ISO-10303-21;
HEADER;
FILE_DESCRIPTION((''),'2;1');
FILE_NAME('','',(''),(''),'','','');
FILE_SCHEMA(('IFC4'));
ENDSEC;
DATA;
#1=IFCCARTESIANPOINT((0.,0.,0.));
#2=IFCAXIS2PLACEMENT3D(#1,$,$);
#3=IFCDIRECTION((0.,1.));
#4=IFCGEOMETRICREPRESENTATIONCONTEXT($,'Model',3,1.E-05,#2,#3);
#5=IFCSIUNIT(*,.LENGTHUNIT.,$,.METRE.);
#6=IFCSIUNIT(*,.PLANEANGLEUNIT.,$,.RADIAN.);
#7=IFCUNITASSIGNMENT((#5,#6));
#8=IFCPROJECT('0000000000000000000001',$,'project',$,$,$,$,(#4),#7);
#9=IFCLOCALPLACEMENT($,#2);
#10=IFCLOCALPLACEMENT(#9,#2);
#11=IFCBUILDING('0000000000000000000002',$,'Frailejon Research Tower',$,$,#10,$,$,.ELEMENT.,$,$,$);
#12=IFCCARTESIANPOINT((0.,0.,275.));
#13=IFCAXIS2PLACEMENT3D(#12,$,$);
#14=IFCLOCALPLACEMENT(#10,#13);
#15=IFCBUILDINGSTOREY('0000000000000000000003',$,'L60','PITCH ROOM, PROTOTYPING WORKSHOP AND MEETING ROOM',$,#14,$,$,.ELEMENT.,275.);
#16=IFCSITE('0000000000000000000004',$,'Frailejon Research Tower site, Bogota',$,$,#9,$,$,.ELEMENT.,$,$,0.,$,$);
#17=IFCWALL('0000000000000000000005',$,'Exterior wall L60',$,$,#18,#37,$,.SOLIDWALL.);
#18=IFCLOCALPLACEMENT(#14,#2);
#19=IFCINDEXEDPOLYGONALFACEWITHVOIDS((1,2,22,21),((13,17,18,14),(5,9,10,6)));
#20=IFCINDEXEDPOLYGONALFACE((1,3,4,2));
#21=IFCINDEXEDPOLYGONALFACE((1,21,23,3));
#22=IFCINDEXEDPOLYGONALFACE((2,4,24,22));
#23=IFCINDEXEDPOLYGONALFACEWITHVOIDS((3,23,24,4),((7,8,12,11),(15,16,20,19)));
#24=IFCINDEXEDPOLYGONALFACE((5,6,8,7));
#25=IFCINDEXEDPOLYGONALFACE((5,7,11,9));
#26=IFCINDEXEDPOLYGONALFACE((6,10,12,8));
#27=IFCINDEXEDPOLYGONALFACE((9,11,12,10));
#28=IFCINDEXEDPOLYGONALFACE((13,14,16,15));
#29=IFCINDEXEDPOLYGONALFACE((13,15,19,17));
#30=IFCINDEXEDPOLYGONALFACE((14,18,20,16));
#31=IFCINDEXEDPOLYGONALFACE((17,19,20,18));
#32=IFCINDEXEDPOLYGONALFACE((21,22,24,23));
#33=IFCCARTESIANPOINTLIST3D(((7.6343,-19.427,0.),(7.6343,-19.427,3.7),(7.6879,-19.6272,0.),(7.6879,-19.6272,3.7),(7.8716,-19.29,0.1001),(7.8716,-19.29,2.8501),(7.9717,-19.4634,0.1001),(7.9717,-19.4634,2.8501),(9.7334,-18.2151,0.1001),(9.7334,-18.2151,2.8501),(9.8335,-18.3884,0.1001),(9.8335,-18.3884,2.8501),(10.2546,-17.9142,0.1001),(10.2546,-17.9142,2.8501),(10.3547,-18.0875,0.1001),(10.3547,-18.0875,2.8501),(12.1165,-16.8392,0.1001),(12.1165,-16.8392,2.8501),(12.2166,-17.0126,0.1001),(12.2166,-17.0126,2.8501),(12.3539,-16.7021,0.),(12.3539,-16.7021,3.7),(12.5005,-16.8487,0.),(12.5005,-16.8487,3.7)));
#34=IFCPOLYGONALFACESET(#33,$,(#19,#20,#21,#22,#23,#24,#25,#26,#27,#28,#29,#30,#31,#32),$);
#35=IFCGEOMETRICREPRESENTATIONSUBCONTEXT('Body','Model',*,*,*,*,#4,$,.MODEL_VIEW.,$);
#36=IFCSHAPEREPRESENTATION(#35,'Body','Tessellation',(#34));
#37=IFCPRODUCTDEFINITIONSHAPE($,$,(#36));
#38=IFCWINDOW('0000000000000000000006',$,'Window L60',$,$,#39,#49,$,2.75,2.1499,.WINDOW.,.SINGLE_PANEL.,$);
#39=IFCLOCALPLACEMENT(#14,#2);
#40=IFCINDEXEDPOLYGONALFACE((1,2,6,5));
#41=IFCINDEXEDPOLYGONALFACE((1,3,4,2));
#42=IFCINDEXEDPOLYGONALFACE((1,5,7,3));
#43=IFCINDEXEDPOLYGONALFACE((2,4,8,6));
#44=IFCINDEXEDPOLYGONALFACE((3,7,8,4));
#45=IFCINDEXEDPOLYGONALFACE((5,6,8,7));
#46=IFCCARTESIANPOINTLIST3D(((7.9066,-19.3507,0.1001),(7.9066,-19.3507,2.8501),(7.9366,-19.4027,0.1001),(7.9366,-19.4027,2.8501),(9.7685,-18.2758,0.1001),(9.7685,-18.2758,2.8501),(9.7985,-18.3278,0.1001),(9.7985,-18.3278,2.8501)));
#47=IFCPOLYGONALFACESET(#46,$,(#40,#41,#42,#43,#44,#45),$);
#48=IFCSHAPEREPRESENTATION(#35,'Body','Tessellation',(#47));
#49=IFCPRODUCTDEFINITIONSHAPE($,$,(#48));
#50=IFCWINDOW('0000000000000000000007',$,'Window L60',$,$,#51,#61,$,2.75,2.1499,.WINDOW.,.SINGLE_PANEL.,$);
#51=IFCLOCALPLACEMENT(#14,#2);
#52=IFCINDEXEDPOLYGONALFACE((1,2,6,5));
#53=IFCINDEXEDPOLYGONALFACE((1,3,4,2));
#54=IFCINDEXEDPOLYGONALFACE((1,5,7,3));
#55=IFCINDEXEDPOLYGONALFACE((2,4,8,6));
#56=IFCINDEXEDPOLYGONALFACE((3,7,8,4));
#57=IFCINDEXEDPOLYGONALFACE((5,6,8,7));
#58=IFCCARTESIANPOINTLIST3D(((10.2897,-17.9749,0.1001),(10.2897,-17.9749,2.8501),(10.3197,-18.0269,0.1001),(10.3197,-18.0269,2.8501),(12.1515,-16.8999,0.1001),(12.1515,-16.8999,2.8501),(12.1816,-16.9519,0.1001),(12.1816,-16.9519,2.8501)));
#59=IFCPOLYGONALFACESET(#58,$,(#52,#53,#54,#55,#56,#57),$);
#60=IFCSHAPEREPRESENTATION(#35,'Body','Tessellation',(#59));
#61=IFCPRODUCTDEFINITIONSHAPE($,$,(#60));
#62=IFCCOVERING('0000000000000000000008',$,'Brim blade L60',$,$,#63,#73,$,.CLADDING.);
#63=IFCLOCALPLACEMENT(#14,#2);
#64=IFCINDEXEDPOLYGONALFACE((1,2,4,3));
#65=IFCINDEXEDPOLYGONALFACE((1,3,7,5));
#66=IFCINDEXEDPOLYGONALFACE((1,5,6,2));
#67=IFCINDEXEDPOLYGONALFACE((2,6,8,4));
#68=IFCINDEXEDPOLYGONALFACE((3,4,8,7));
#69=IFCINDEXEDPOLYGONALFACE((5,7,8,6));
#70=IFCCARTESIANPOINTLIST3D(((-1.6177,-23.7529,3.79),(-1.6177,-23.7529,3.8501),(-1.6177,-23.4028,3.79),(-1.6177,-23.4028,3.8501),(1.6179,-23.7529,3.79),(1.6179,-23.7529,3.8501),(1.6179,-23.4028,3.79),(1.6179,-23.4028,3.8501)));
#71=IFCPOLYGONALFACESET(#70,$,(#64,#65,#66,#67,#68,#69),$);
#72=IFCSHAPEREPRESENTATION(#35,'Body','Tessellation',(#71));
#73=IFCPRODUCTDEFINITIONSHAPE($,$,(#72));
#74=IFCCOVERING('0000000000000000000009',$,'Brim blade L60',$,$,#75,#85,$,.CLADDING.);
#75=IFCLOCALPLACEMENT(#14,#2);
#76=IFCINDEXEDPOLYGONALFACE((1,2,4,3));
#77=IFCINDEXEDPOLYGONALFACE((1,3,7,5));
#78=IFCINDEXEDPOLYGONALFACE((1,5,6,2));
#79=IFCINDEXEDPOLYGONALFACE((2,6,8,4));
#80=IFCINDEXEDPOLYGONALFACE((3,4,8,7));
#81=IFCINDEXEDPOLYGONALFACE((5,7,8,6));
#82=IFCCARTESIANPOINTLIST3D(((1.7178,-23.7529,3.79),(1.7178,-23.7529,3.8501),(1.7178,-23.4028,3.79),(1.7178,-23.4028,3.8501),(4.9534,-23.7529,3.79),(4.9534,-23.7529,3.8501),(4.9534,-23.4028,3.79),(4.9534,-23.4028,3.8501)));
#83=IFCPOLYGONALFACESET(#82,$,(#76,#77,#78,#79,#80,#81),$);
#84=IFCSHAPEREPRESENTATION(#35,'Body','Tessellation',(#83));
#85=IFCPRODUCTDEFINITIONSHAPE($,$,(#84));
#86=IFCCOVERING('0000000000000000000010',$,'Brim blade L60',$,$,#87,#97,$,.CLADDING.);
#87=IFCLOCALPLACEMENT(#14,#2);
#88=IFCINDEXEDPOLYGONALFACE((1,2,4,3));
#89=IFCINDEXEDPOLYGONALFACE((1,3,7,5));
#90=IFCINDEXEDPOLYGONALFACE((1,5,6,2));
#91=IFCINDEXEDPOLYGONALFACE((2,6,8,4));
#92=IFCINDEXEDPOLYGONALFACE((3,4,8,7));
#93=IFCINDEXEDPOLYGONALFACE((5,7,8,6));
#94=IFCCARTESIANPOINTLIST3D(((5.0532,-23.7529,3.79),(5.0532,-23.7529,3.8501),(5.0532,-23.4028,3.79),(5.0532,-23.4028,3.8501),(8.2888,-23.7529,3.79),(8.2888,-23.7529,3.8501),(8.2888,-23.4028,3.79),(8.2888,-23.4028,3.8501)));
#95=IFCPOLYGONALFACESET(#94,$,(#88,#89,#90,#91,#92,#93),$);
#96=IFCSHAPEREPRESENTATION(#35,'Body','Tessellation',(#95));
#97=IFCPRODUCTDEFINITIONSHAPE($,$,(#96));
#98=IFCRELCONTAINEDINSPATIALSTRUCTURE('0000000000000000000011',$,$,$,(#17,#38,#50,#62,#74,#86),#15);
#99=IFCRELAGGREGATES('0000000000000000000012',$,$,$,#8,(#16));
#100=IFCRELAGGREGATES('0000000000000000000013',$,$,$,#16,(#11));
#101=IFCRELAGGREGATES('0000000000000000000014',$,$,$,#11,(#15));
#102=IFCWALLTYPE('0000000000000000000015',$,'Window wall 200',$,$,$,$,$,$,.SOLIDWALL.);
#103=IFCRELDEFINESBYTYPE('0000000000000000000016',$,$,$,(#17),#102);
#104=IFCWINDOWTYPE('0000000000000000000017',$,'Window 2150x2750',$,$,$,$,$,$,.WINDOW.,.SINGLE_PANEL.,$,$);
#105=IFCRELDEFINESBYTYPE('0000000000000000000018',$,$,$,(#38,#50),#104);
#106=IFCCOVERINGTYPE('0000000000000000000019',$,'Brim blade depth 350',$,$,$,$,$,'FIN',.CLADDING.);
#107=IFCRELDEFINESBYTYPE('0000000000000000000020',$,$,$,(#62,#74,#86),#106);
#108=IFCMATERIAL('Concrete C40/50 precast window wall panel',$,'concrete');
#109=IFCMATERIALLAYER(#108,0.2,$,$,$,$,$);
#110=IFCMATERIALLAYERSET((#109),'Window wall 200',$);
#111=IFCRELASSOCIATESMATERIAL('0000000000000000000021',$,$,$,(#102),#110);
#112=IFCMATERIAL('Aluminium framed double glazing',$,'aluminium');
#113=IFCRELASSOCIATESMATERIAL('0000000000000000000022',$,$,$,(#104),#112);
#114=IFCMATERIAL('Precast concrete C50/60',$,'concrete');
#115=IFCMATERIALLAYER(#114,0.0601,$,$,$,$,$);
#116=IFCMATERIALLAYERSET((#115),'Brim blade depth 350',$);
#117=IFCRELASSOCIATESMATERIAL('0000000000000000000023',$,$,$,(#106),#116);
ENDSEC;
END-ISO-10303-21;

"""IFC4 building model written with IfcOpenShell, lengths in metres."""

from ifc_helpers import new_model, si_unit, direction, frame, frame_2d, origin, place, context, subcontext, project, spatial, polyline, rectangle, outline, extrude, material, layer, layer_set, type_object, element, fill, save


model = new_model("IFC4")

# Units and contexts
model_context = context("Model", 3, precision=1e-05, world=origin(), true_north=direction((0.0, 1.0)))
body_context = subcontext(model_context, "Body", "Model", "MODEL_VIEW")
ifc_project = project(units=[si_unit("LENGTHUNIT", "METRE"), si_unit("PLANEANGLEUNIT", "RADIAN")], contexts=[model_context])

# Site, building, storey
site_placement = place(None, origin())
site = spatial("IfcSite", under=ifc_project, at=site_placement, Name="Frailejon Research Tower site, Bogota", CompositionType="ELEMENT", RefElevation=0.0)
building_placement = place(site_placement, origin())
building = spatial("IfcBuilding", under=site, at=building_placement, Name="Frailejon Research Tower", CompositionType="ELEMENT")
storey_placement = place(building_placement, frame((0.0, 0.0, 275.0)))
storey = spatial("IfcBuildingStorey", under=building, at=storey_placement, Name="L60", Description="PITCH ROOM, PROTOTYPING WORKSHOP AND MEETING ROOM", CompositionType="ELEMENT", Elevation=275.0)

# Wall, openings, windows
ifc_material_1 = material(Name="Concrete C40/50 precast window wall panel", Category="concrete")
ifc_layer_1 = layer(ifc_material_1, 0.2)
ifc_layer_set_1 = layer_set([ifc_layer_1], Name="Window wall 200")
wall_type_1 = type_object("IfcWallType", Name="Window wall 200", PredefinedType="SOLIDWALL", material=ifc_layer_set_1)
wall_1_placement = place(storey_placement, frame((7.6611, -19.5271, 0.0), z_axis=(0.0, 0.0, 1.0), x_axis=(0.866026, 0.499999, 0.0)))
wall_1 = element("IfcWall", 1, at=wall_1_placement, inside=storey, type_object=wall_type_1, Name="Exterior wall L60", PredefinedType="SOLIDWALL", context=body_context, shape_type="SweptSolid", body=[
    extrude(outline(polyline([(-0.0269, -0.1001), (1.0845, -0.1001), (2.196, -0.1001), (3.3074, -0.1001), (4.4189, -0.1001), (5.5303, -0.1001), (5.4766, 0.1001), (4.3867, 0.1001), (3.2966, 0.1001), (2.2068, 0.1001), (1.1167, 0.1001), (0.0269, 0.1001), (-0.0269, -0.1001)])), origin(), (0.0, 0.0, 1.0), 3.7),
])
opening_1_placement = place(wall_1_placement, frame((0.3008, 0.0, 0.1001)))
opening_1 = element("IfcOpeningElement", 2, at=opening_1_placement, cuts=wall_1, PredefinedType="OPENING", context=body_context, shape_type="SweptSolid", body=[
    extrude(rectangle(XDim=2.1499, YDim=2.75, at=frame_2d((1.075, 1.375))), frame((0.0, 0.1099, 0.0), z_axis=(0.0, -1.0, 0.0), x_axis=(1.0, 0.0, 0.0)), (0.0, 0.0, 1.0), 0.22),
])
opening_2_placement = place(wall_1_placement, frame((3.0525, 0.0, 0.1001)))
opening_2 = element("IfcOpeningElement", 3, at=opening_2_placement, cuts=wall_1, PredefinedType="OPENING", context=body_context, shape_type="SweptSolid", body=[
    extrude(rectangle(XDim=2.1499, YDim=2.75, at=frame_2d((1.075, 1.375))), frame((0.0, 0.1099, 0.0), z_axis=(0.0, -1.0, 0.0), x_axis=(1.0, 0.0, 0.0)), (0.0, 0.0, 1.0), 0.22),
])
ifc_material_2 = material(Name="Aluminium framed double glazing", Category="aluminium")
window_type = type_object("IfcWindowType", Name="Window 2150x2750", PartitioningType="SINGLE_PANEL", PredefinedType="WINDOW", material=ifc_material_2)
window_1_placement = place(opening_1_placement, origin())
window_1 = element("IfcWindow", 4, at=window_1_placement, inside=storey, type_object=window_type, Name="Window L60", OverallHeight=2.75, OverallWidth=2.1499, PartitioningType="SINGLE_PANEL", PredefinedType="WINDOW", context=body_context, shape_type="SweptSolid", body=[
    extrude(rectangle(XDim=2.1499, YDim=2.75, at=frame_2d((1.075, 1.375))), frame((0.0, 0.03, 0.0), z_axis=(0.0, -1.0, 0.0), x_axis=(1.0, 0.0, 0.0)), (0.0, 0.0, 1.0), 0.0601),
])
fill(opening_1, window_1)
window_2_placement = place(opening_2_placement, origin())
window_2 = element("IfcWindow", 5, at=window_2_placement, inside=storey, type_object=window_type, Name="Window L60", OverallHeight=2.75, OverallWidth=2.1499, PartitioningType="SINGLE_PANEL", PredefinedType="WINDOW", context=body_context, shape_type="SweptSolid", body=[
    extrude(rectangle(XDim=2.1499, YDim=2.75, at=frame_2d((1.075, 1.375))), frame((0.0, 0.03, 0.0), z_axis=(0.0, -1.0, 0.0), x_axis=(1.0, 0.0, 0.0)), (0.0, 0.0, 1.0), 0.0601),
])
fill(opening_2, window_2)

# Coverings
ifc_material_3 = material(Name="Precast concrete C50/60", Category="concrete")
ifc_layer_2 = layer(ifc_material_3, 0.0601)
ifc_layer_set_2 = layer_set([ifc_layer_2], Name="Brim blade depth 350")
covering_type = type_object("IfcCoveringType", Name="Brim blade depth 350", ElementType="FIN", PredefinedType="CLADDING", material=ifc_layer_set_2)
for number, where, z_axis, x_axis, name in (
    (6, (1.6179, -23.4028, 3.8501), (-1.0, 0.0, 0.0), (0.0, -1.0, 0.0), "Brim blade L60"),
    (7, (4.9534, -23.4028, 3.8501), (-1.0, 0.0, 0.0), (0.0, -1.0, 0.0), "Brim blade L60"),
    (8, (8.2888, -23.4028, 3.8501), (-1.0, 0.0, 0.0), (0.0, -1.0, 0.0), "Brim blade L60"),
):
    element("IfcCovering", number, at=place(storey_placement, frame(where, z_axis=z_axis, x_axis=x_axis)), inside=storey, type_object=covering_type, Name=name, PredefinedType="CLADDING", context=body_context, shape_type="SweptSolid", body=[
        extrude(outline(polyline([(0.0, -0.0601), (0.3501, -0.0601), (0.3501, 0.0), (0.0, 0.0), (0.0, -0.0601)])), origin(), (0.0, 0.0, 1.0), 3.2356),
    ])

save(model, "model.ifc")
